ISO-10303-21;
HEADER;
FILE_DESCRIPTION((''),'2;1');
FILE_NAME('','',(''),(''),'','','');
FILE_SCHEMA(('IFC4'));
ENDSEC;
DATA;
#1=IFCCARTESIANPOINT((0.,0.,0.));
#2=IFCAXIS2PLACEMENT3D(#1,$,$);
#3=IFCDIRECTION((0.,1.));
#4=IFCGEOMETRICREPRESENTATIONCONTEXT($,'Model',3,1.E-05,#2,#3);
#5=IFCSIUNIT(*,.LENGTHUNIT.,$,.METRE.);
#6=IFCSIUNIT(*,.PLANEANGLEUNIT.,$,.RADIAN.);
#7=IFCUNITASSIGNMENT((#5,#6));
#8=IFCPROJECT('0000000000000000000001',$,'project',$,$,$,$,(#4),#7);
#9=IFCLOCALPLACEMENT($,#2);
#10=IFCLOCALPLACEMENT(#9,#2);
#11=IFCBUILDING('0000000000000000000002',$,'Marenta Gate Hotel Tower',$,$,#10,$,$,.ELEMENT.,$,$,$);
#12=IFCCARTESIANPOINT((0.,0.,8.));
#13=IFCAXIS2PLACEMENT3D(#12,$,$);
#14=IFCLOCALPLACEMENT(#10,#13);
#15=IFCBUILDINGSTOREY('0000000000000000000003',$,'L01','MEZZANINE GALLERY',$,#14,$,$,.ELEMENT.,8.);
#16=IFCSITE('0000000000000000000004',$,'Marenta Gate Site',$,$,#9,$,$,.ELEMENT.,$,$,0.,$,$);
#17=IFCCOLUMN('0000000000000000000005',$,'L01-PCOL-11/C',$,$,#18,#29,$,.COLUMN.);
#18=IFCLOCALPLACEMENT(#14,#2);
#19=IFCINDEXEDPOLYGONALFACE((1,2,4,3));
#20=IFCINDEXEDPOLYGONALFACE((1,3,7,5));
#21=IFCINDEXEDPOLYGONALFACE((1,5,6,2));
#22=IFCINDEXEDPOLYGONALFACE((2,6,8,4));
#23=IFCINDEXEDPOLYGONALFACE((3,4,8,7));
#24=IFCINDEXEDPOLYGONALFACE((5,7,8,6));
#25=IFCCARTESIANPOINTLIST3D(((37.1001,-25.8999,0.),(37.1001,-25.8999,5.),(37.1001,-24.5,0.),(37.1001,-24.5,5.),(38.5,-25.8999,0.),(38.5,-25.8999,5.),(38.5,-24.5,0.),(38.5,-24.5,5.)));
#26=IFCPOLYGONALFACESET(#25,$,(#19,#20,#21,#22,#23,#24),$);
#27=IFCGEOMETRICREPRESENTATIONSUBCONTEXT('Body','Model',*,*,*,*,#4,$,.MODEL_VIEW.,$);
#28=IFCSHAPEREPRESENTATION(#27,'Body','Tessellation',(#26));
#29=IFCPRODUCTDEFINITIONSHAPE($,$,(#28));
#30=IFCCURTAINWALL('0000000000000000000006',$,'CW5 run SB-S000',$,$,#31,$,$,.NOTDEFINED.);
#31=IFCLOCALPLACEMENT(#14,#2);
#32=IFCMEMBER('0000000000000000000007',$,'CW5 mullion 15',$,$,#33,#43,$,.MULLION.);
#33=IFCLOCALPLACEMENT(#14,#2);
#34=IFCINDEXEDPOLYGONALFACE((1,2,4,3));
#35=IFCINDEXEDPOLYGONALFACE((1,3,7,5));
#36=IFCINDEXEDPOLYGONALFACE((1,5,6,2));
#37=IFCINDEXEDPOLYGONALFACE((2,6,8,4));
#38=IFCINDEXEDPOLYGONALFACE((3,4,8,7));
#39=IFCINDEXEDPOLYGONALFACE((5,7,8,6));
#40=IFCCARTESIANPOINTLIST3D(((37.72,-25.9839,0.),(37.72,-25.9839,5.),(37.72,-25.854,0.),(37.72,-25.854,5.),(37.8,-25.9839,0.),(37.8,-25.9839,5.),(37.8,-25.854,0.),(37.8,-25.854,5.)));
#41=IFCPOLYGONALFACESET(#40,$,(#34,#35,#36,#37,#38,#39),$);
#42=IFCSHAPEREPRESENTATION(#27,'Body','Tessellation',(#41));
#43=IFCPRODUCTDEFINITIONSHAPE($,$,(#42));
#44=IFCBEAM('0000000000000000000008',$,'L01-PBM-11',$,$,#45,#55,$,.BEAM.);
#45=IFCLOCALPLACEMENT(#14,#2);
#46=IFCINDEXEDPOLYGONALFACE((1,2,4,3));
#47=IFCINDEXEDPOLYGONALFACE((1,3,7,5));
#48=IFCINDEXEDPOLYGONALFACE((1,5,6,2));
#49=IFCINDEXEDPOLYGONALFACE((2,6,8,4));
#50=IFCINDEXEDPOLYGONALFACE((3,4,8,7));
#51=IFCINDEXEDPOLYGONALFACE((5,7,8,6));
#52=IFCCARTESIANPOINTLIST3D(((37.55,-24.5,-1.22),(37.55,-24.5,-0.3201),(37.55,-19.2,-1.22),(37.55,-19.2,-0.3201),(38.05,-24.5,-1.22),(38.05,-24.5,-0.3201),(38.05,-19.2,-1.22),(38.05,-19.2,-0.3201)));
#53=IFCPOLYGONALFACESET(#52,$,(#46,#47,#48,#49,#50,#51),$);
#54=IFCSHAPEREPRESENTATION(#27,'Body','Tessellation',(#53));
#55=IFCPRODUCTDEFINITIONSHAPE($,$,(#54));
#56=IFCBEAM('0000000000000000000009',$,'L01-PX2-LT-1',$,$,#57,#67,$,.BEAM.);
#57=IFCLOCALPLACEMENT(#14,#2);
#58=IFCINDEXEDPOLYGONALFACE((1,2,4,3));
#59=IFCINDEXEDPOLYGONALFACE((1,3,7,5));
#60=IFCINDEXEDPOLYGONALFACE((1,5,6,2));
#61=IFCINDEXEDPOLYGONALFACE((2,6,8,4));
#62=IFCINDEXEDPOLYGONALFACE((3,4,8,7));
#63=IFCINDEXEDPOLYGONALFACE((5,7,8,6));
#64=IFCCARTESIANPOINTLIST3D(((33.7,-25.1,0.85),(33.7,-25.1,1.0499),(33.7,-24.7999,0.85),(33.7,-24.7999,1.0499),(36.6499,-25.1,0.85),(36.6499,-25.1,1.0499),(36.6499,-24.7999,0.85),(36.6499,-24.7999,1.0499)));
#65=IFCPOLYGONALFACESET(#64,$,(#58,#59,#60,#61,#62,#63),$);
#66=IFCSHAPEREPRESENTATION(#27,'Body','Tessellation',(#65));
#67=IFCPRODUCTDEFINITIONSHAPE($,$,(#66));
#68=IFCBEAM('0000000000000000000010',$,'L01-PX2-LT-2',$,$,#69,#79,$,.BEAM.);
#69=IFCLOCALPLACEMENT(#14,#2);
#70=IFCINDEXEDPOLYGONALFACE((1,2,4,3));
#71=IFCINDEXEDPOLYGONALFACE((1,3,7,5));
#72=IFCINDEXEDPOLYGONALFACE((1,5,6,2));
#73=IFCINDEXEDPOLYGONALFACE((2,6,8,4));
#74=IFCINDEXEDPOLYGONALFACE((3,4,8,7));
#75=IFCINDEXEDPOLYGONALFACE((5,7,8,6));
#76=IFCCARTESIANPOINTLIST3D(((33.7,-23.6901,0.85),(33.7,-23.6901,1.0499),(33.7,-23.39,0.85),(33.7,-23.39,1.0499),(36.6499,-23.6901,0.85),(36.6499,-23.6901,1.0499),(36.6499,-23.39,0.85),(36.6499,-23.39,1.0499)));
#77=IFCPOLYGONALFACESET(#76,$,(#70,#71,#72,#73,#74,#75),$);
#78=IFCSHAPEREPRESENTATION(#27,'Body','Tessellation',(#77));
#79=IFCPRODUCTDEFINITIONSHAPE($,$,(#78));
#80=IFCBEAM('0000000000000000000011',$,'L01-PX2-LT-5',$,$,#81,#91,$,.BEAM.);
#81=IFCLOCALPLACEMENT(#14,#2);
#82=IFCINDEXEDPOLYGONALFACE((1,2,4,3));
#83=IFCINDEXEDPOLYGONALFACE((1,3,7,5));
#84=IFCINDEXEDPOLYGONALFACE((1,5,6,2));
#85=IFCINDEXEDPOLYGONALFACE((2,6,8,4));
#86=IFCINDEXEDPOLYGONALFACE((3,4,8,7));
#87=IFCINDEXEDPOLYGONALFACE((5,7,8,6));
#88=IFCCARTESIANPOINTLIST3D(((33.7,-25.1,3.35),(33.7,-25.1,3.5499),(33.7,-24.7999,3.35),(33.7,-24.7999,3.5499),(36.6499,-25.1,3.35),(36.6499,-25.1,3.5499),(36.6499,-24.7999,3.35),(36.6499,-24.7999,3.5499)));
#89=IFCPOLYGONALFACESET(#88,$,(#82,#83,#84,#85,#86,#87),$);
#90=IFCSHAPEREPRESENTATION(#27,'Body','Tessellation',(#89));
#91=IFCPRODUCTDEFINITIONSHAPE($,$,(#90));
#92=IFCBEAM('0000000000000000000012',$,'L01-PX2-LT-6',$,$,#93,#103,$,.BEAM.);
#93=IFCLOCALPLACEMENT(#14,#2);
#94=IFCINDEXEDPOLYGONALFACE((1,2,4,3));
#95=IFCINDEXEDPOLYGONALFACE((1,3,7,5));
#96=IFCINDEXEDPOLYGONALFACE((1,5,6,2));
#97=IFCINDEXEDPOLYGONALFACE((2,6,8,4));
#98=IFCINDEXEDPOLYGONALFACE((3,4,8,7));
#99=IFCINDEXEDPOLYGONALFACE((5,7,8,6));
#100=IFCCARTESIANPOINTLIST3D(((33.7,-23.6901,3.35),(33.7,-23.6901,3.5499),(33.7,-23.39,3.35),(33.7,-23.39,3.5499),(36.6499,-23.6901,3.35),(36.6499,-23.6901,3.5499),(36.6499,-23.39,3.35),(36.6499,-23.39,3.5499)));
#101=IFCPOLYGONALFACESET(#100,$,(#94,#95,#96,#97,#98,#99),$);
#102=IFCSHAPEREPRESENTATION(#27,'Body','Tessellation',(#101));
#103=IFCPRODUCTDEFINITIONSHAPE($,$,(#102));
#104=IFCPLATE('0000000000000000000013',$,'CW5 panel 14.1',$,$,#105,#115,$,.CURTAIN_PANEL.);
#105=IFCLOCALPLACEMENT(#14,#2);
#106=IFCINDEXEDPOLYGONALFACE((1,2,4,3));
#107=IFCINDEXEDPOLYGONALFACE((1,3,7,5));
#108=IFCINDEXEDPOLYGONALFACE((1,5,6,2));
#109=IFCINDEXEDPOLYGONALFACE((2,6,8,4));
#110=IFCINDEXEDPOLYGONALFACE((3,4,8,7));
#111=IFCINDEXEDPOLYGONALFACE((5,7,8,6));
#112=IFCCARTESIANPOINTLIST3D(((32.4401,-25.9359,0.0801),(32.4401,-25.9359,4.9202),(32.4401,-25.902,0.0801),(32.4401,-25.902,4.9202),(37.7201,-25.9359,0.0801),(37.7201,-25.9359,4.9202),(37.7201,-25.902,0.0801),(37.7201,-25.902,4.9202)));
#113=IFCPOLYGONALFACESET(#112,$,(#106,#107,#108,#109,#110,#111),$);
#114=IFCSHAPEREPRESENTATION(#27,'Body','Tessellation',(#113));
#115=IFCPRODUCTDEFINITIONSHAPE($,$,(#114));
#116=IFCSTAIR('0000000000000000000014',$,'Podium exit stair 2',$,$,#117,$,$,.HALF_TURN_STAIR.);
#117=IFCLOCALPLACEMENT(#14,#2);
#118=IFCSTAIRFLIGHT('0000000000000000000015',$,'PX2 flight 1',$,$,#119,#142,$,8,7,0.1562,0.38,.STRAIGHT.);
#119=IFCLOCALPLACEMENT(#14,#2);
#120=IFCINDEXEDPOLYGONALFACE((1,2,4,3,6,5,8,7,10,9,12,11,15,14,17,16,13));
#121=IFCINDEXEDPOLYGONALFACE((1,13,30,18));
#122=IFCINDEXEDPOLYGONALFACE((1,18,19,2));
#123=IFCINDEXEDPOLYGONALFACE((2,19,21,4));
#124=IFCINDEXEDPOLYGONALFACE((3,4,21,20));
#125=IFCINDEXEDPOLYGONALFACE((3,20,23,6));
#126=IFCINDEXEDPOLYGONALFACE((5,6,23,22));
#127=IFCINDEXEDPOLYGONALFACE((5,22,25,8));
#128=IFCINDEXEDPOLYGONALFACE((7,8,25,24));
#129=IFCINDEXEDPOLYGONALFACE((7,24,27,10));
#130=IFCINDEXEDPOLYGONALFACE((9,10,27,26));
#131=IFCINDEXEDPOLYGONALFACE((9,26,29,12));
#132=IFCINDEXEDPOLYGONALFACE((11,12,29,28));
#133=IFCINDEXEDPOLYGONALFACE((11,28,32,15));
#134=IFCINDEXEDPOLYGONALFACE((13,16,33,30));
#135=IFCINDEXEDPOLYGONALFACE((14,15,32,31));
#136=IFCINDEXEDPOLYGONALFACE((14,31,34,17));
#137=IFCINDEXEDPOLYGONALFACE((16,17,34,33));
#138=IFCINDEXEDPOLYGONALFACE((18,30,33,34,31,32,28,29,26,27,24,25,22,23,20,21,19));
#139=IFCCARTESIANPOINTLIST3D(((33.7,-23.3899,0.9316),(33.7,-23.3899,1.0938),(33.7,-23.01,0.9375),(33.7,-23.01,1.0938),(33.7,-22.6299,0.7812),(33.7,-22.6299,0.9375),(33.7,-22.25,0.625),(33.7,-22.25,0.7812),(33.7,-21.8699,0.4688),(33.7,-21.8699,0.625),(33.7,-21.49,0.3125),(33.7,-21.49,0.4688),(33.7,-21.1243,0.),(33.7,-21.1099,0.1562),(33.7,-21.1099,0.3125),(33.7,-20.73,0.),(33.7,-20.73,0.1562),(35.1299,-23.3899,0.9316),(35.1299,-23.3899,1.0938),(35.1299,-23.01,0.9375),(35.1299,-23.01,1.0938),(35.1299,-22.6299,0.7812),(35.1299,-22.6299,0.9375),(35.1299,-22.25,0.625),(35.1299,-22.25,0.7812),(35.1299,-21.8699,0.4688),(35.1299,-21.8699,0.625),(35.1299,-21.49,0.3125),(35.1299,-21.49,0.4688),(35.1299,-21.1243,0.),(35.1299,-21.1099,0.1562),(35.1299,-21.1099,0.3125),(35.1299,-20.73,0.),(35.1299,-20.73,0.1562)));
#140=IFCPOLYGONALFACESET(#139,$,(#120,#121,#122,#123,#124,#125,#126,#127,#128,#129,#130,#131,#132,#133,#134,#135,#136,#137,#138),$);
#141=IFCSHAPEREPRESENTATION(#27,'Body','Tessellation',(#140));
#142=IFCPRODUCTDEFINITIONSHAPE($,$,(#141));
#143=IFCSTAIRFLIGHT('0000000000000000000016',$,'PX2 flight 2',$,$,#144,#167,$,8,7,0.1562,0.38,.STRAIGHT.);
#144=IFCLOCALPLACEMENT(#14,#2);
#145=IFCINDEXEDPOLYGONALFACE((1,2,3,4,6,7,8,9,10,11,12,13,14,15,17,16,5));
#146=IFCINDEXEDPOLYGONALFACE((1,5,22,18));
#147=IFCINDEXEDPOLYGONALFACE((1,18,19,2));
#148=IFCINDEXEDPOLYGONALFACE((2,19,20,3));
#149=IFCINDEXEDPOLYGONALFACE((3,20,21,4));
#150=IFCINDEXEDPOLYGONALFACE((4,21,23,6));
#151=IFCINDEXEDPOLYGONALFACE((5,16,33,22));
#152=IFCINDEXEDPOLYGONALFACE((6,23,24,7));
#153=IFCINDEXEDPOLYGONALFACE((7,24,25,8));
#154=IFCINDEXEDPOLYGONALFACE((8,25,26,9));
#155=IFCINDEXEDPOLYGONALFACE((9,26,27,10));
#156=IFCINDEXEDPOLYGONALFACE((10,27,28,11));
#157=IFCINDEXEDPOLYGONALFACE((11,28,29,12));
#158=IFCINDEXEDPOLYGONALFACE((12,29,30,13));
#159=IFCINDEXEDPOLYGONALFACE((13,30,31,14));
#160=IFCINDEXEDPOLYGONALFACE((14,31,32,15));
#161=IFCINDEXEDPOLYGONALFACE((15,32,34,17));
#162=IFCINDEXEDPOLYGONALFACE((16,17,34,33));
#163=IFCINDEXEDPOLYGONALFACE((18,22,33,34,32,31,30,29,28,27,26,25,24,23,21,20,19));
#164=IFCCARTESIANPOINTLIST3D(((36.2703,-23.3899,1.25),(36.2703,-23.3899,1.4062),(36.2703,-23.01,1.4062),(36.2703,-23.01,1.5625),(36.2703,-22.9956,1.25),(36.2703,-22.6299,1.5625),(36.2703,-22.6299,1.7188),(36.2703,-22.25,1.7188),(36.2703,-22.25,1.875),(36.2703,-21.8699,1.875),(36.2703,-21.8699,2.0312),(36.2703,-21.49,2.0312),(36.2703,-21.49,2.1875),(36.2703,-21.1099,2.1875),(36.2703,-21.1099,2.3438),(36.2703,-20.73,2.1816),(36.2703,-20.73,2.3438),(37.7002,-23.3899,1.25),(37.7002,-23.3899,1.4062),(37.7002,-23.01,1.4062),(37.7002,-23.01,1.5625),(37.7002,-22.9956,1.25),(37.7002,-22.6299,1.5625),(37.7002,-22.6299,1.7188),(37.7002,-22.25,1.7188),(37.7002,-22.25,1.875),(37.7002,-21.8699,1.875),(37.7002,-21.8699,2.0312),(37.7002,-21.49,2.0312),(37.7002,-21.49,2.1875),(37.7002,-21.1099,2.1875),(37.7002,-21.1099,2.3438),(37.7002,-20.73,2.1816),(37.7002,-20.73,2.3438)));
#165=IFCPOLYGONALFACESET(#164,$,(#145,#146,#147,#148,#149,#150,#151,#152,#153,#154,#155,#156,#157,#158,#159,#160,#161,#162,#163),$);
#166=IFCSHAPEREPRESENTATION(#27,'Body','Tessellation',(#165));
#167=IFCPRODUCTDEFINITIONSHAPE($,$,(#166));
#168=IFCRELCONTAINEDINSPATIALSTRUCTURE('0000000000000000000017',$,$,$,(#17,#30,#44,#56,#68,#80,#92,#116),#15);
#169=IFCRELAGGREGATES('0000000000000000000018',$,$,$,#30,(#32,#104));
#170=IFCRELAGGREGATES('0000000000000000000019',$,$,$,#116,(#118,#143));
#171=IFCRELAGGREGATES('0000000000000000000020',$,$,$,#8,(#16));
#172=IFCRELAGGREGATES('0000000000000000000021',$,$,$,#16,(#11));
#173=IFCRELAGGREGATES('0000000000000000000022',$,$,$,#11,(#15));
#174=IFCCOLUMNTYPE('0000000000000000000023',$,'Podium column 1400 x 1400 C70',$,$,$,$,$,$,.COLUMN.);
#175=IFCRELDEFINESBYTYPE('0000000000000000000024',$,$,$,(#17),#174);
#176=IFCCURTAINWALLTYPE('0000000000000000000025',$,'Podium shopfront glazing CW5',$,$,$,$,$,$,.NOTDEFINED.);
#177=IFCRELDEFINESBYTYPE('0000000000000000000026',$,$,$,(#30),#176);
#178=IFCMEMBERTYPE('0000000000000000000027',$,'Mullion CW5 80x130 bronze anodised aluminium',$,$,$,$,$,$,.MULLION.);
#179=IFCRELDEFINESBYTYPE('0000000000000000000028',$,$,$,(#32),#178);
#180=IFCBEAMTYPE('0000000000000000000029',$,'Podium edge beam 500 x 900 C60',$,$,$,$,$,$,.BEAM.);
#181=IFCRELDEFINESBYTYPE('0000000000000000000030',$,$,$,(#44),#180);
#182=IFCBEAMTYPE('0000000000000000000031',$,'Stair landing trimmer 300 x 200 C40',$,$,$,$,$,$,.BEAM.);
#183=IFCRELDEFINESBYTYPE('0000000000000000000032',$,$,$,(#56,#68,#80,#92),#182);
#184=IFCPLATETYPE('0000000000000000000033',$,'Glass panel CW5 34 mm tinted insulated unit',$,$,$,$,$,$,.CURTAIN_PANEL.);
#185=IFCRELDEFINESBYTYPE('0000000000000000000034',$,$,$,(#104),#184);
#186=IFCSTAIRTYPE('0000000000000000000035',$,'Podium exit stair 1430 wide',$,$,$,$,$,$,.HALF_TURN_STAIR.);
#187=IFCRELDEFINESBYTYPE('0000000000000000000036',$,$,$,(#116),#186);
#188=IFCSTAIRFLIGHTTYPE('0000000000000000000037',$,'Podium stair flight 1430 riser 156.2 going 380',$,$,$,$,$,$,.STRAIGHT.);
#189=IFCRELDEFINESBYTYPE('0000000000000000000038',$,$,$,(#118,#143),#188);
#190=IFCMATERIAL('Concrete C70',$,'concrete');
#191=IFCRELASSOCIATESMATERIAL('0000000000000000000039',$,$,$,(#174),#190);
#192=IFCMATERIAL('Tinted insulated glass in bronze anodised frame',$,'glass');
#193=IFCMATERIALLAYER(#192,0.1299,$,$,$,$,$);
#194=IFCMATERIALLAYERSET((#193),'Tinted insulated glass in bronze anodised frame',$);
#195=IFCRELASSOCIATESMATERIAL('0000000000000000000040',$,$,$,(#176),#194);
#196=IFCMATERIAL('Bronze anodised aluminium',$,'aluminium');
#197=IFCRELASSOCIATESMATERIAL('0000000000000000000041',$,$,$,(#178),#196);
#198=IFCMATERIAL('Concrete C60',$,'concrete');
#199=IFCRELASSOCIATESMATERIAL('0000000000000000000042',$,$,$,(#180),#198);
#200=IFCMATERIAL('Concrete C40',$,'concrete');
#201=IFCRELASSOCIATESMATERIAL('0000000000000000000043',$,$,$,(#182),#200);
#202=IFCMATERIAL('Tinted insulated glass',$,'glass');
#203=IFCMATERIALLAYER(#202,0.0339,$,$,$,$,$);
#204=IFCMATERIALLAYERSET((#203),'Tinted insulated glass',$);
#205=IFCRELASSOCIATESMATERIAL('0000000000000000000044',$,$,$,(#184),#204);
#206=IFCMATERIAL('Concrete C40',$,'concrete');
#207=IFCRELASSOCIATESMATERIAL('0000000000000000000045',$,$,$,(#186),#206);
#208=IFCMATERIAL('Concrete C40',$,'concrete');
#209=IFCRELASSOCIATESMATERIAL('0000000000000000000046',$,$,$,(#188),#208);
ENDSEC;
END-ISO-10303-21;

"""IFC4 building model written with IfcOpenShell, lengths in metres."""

from ifc_helpers import new_model, si_unit, direction, frame, origin, origin_2d, place, context, subcontext, project, spatial, polyline, rectangle, outline, extrude, material, layer, layer_set, material_profile, profile_set, type_object, element, aggregate, save


model = new_model("IFC4")

# Units and contexts
model_context = context("Model", 3, precision=1e-05, world=origin(), true_north=direction((0.0, 1.0)))
body_context = subcontext(model_context, "Body", "Model", "MODEL_VIEW")
ifc_project = project(units=[si_unit("LENGTHUNIT", "METRE"), si_unit("PLANEANGLEUNIT", "RADIAN")], contexts=[model_context])

# Site, building, storey
site_placement = place(None, origin())
site = spatial("IfcSite", under=ifc_project, at=site_placement, Name="Marenta Gate Site", CompositionType="ELEMENT", RefElevation=0.0)
building_placement = place(site_placement, origin())
building = spatial("IfcBuilding", under=site, at=building_placement, Name="Marenta Gate Hotel Tower", CompositionType="ELEMENT")
storey_placement = place(building_placement, frame((0.0, 0.0, 8.0)))
storey = spatial("IfcBuildingStorey", under=building, at=storey_placement, Name="L01", Description="MEZZANINE GALLERY", CompositionType="ELEMENT", Elevation=8.0)

# Column
ifc_material_1 = material(Name="Concrete C70", Category="concrete")
ifc_material_profile_1 = material_profile(ifc_material_1, rectangle(XDim=1.3999, YDim=1.3999, at=origin_2d()), Name="1400 x 1400")
ifc_profile_set_1 = profile_set([ifc_material_profile_1], Name="Concrete C70")
column_type = type_object("IfcColumnType", Name="Podium column 1400 x 1400 C70", PredefinedType="COLUMN", material=ifc_profile_set_1)
column_placement = place(storey_placement, frame((37.8, -25.2, 0.0), z_axis=(0.0, 0.0, 1.0), x_axis=(1.0, 0.0, 0.0)))
element("IfcColumn", 1, at=column_placement, inside=storey, type_object=column_type, Name="L01-PCOL-11/C", PredefinedType="COLUMN", context=body_context, shape_type="SweptSolid", body=[
    extrude(rectangle(XDim=1.3999, YDim=1.3999, at=origin_2d()), origin(), (0.0, 0.0, 1.0), 5.0),
])

# Curtain wall, member
ifc_material_2 = material(Name="Tinted insulated glass in bronze anodised frame", Category="glass")
ifc_layer_1 = layer(ifc_material_2, 0.1299)
ifc_layer_set_1 = layer_set([ifc_layer_1], Name="Tinted insulated glass in bronze anodised frame")
curtain_wall_type = type_object("IfcCurtainWallType", Name="Podium shopfront glazing CW5", PredefinedType="NOTDEFINED", material=ifc_layer_set_1)
curtain_wall_placement = place(storey_placement, origin())
curtain_wall = element("IfcCurtainWall", 2, at=curtain_wall_placement, inside=storey, type_object=curtain_wall_type, Name="CW5 run SB-S000", PredefinedType="NOTDEFINED")
ifc_material_3 = material(Name="Bronze anodised aluminium", Category="aluminium")
ifc_material_profile_2 = material_profile(ifc_material_3, rectangle(XDim=0.1299, YDim=0.0801, at=origin_2d()), Name="Mullion CW5 80x130 bronze anodised aluminium")
ifc_profile_set_2 = profile_set([ifc_material_profile_2], Name="Bronze anodised aluminium")
member_type = type_object("IfcMemberType", Name="Mullion CW5 80x130 bronze anodised aluminium", PredefinedType="MULLION", material=ifc_profile_set_2)
member_placement = place(storey_placement, frame((37.76, -25.9189, 0.0), z_axis=(0.0, 0.0, 1.0), x_axis=(0.0, 1.0, 0.0)))
member = element("IfcMember", 3, at=member_placement, type_object=member_type, Name="CW5 mullion 15", PredefinedType="MULLION", context=body_context, shape_type="SweptSolid", body=[
    extrude(rectangle(XDim=0.1299, YDim=0.0801, at=origin_2d()), origin(), (0.0, 0.0, 1.0), 5.0),
])

# Beams
ifc_material_4 = material(Name="Concrete C60", Category="concrete")
ifc_material_profile_3 = material_profile(ifc_material_4, rectangle(XDim=0.5, YDim=0.8999, at=origin_2d()), Name="500 x 900")
ifc_profile_set_3 = profile_set([ifc_material_profile_3], Name="Concrete C60")
beam_type_1 = type_object("IfcBeamType", Name="Podium edge beam 500 x 900 C60", PredefinedType="BEAM", material=ifc_profile_set_3)
beam_placement = place(storey_placement, frame((37.8, -24.5, -0.77), z_axis=(0.0, 1.0, 0.0), x_axis=(-1.0, 0.0, 0.0)))
element("IfcBeam", 4, at=beam_placement, inside=storey, type_object=beam_type_1, Name="L01-PBM-11", PredefinedType="BEAM", context=body_context, shape_type="SweptSolid", body=[
    extrude(rectangle(XDim=0.5, YDim=0.8999, at=origin_2d()), origin(), (0.0, 0.0, 1.0), 5.3),
])
ifc_material_5 = material(Name="Concrete C40", Category="concrete")
ifc_material_profile_4 = material_profile(ifc_material_5, rectangle(XDim=0.3, YDim=0.2, at=origin_2d()), Name="300 x 200")
ifc_profile_set_4 = profile_set([ifc_material_profile_4], Name="Concrete C40")
beam_type_2 = type_object("IfcBeamType", Name="Stair landing trimmer 300 x 200 C40", PredefinedType="BEAM", material=ifc_profile_set_4)
for number, where, z_axis, x_axis, name in (
    (5, (33.7, -24.95, 0.95), (1.0, 0.0, 0.0), (0.0, 1.0, 0.0), "L01-PX2-LT-1"),
    (6, (33.7, -23.54, 0.95), (1.0, 0.0, 0.0), (0.0, 1.0, 0.0), "L01-PX2-LT-2"),
    (7, (33.7, -24.95, 3.45), (1.0, 0.0, 0.0), (0.0, 1.0, 0.0), "L01-PX2-LT-5"),
    (8, (33.7, -23.54, 3.45), (1.0, 0.0, 0.0), (0.0, 1.0, 0.0), "L01-PX2-LT-6"),
):
    element("IfcBeam", number, at=place(storey_placement, frame(where, z_axis=z_axis, x_axis=x_axis)), inside=storey, type_object=beam_type_2, Name=name, PredefinedType="BEAM", context=body_context, shape_type="SweptSolid", body=[
        extrude(rectangle(XDim=0.3, YDim=0.2, at=origin_2d()), origin(), (0.0, 0.0, 1.0), 2.95),
    ])

# Plate
ifc_material_6 = material(Name="Tinted insulated glass", Category="glass")
ifc_layer_2 = layer(ifc_material_6, 0.0339)
ifc_layer_set_2 = layer_set([ifc_layer_2], Name="Tinted insulated glass")
plate_type = type_object("IfcPlateType", Name="Glass panel CW5 34 mm tinted insulated unit", PredefinedType="CURTAIN_PANEL", material=ifc_layer_set_2)
plate_placement = place(storey_placement, frame((35.0801, -25.9189, 0.0801), z_axis=(0.0, 0.0, 1.0), x_axis=(1.0, 0.0, 0.0)))
plate = element("IfcPlate", 9, at=plate_placement, type_object=plate_type, Name="CW5 panel 14.1", PredefinedType="CURTAIN_PANEL", context=body_context, shape_type="SweptSolid", body=[
    extrude(rectangle(XDim=5.28, YDim=0.0339, at=origin_2d()), origin(), (0.0, 0.0, 1.0), 4.8401),
])
aggregate(curtain_wall, [member, plate])

# Stair, stair flights
ifc_material_7 = material(Name="Concrete C40", Category="concrete")
stair_type = type_object("IfcStairType", Name="Podium exit stair 1430 wide", PredefinedType="HALF_TURN_STAIR", material=ifc_material_7)
stair_placement = place(storey_placement, origin())
stair = element("IfcStair", 10, at=stair_placement, inside=storey, type_object=stair_type, Name="Podium exit stair 2", PredefinedType="HALF_TURN_STAIR")
ifc_material_8 = material(Name="Concrete C40", Category="concrete")
stair_flight_type = type_object("IfcStairFlightType", Name="Podium stair flight 1430 riser 156.2 going 380", PredefinedType="STRAIGHT", material=ifc_material_8)
stair_flight_1_placement = place(storey_placement, frame((34.415, -20.73, 0.0), z_axis=(0.0, 0.0, 1.0), x_axis=(0.0, -1.0, 0.0)))
stair_flight_1 = element("IfcStairFlight", 11, at=stair_flight_1_placement, type_object=stair_flight_type, Name="PX2 flight 1", NumberOfRisers=8, NumberOfTreads=7, PredefinedType="STRAIGHT", RiserHeight=0.1562, TreadLength=0.38, context=body_context, shape_type="SweptSolid", body=[
    extrude(outline(polyline([(0.0, 0.0), (0.0, 0.1562), (0.3799, 0.1562), (0.3799, 0.3125), (0.76, 0.3125), (0.76, 0.4688), (1.1399, 0.4688), (1.1399, 0.625), (1.52, 0.625), (1.52, 0.7812), (1.8999, 0.7812), (1.8999, 0.9375), (2.28, 0.9375), (2.28, 1.0938), (2.6599, 1.0938), (2.6599, 1.25), (2.6599, 0.9316), (0.3943, 0.0), (0.0, 0.0)])), frame((0.0, 0.7148, 0.0), z_axis=(0.0, -1.0, 0.0), x_axis=(1.0, 0.0, 0.0)), (0.0, 0.0, 1.0), 1.4299),
])
stair_flight_2_placement = place(storey_placement, frame((36.9851, -23.3899, 1.25), z_axis=(0.0, 0.0, 1.0), x_axis=(0.0, 1.0, 0.0)))
stair_flight_2 = element("IfcStairFlight", 12, at=stair_flight_2_placement, type_object=stair_flight_type, Name="PX2 flight 2", NumberOfRisers=8, NumberOfTreads=7, PredefinedType="STRAIGHT", RiserHeight=0.1562, TreadLength=0.38, context=body_context, shape_type="SweptSolid", body=[
    extrude(outline(polyline([(0.0, 0.0), (0.0, 0.1562), (0.3799, 0.1562), (0.3799, 0.3125), (0.76, 0.3125), (0.76, 0.4688), (1.1399, 0.4688), (1.1399, 0.625), (1.52, 0.625), (1.52, 0.7812), (1.8999, 0.7812), (1.8999, 0.9375), (2.28, 0.9375), (2.28, 1.0938), (2.6599, 1.0938), (2.6599, 1.25), (2.6599, 0.9316), (0.3943, 0.0), (0.0, 0.0)])), frame((0.0, 0.7148, 0.0), z_axis=(0.0, -1.0, 0.0), x_axis=(1.0, 0.0, 0.0)), (0.0, 0.0, 1.0), 1.4299),
])
aggregate(stair, [stair_flight_1, stair_flight_2])

save(model, "model.ifc")
